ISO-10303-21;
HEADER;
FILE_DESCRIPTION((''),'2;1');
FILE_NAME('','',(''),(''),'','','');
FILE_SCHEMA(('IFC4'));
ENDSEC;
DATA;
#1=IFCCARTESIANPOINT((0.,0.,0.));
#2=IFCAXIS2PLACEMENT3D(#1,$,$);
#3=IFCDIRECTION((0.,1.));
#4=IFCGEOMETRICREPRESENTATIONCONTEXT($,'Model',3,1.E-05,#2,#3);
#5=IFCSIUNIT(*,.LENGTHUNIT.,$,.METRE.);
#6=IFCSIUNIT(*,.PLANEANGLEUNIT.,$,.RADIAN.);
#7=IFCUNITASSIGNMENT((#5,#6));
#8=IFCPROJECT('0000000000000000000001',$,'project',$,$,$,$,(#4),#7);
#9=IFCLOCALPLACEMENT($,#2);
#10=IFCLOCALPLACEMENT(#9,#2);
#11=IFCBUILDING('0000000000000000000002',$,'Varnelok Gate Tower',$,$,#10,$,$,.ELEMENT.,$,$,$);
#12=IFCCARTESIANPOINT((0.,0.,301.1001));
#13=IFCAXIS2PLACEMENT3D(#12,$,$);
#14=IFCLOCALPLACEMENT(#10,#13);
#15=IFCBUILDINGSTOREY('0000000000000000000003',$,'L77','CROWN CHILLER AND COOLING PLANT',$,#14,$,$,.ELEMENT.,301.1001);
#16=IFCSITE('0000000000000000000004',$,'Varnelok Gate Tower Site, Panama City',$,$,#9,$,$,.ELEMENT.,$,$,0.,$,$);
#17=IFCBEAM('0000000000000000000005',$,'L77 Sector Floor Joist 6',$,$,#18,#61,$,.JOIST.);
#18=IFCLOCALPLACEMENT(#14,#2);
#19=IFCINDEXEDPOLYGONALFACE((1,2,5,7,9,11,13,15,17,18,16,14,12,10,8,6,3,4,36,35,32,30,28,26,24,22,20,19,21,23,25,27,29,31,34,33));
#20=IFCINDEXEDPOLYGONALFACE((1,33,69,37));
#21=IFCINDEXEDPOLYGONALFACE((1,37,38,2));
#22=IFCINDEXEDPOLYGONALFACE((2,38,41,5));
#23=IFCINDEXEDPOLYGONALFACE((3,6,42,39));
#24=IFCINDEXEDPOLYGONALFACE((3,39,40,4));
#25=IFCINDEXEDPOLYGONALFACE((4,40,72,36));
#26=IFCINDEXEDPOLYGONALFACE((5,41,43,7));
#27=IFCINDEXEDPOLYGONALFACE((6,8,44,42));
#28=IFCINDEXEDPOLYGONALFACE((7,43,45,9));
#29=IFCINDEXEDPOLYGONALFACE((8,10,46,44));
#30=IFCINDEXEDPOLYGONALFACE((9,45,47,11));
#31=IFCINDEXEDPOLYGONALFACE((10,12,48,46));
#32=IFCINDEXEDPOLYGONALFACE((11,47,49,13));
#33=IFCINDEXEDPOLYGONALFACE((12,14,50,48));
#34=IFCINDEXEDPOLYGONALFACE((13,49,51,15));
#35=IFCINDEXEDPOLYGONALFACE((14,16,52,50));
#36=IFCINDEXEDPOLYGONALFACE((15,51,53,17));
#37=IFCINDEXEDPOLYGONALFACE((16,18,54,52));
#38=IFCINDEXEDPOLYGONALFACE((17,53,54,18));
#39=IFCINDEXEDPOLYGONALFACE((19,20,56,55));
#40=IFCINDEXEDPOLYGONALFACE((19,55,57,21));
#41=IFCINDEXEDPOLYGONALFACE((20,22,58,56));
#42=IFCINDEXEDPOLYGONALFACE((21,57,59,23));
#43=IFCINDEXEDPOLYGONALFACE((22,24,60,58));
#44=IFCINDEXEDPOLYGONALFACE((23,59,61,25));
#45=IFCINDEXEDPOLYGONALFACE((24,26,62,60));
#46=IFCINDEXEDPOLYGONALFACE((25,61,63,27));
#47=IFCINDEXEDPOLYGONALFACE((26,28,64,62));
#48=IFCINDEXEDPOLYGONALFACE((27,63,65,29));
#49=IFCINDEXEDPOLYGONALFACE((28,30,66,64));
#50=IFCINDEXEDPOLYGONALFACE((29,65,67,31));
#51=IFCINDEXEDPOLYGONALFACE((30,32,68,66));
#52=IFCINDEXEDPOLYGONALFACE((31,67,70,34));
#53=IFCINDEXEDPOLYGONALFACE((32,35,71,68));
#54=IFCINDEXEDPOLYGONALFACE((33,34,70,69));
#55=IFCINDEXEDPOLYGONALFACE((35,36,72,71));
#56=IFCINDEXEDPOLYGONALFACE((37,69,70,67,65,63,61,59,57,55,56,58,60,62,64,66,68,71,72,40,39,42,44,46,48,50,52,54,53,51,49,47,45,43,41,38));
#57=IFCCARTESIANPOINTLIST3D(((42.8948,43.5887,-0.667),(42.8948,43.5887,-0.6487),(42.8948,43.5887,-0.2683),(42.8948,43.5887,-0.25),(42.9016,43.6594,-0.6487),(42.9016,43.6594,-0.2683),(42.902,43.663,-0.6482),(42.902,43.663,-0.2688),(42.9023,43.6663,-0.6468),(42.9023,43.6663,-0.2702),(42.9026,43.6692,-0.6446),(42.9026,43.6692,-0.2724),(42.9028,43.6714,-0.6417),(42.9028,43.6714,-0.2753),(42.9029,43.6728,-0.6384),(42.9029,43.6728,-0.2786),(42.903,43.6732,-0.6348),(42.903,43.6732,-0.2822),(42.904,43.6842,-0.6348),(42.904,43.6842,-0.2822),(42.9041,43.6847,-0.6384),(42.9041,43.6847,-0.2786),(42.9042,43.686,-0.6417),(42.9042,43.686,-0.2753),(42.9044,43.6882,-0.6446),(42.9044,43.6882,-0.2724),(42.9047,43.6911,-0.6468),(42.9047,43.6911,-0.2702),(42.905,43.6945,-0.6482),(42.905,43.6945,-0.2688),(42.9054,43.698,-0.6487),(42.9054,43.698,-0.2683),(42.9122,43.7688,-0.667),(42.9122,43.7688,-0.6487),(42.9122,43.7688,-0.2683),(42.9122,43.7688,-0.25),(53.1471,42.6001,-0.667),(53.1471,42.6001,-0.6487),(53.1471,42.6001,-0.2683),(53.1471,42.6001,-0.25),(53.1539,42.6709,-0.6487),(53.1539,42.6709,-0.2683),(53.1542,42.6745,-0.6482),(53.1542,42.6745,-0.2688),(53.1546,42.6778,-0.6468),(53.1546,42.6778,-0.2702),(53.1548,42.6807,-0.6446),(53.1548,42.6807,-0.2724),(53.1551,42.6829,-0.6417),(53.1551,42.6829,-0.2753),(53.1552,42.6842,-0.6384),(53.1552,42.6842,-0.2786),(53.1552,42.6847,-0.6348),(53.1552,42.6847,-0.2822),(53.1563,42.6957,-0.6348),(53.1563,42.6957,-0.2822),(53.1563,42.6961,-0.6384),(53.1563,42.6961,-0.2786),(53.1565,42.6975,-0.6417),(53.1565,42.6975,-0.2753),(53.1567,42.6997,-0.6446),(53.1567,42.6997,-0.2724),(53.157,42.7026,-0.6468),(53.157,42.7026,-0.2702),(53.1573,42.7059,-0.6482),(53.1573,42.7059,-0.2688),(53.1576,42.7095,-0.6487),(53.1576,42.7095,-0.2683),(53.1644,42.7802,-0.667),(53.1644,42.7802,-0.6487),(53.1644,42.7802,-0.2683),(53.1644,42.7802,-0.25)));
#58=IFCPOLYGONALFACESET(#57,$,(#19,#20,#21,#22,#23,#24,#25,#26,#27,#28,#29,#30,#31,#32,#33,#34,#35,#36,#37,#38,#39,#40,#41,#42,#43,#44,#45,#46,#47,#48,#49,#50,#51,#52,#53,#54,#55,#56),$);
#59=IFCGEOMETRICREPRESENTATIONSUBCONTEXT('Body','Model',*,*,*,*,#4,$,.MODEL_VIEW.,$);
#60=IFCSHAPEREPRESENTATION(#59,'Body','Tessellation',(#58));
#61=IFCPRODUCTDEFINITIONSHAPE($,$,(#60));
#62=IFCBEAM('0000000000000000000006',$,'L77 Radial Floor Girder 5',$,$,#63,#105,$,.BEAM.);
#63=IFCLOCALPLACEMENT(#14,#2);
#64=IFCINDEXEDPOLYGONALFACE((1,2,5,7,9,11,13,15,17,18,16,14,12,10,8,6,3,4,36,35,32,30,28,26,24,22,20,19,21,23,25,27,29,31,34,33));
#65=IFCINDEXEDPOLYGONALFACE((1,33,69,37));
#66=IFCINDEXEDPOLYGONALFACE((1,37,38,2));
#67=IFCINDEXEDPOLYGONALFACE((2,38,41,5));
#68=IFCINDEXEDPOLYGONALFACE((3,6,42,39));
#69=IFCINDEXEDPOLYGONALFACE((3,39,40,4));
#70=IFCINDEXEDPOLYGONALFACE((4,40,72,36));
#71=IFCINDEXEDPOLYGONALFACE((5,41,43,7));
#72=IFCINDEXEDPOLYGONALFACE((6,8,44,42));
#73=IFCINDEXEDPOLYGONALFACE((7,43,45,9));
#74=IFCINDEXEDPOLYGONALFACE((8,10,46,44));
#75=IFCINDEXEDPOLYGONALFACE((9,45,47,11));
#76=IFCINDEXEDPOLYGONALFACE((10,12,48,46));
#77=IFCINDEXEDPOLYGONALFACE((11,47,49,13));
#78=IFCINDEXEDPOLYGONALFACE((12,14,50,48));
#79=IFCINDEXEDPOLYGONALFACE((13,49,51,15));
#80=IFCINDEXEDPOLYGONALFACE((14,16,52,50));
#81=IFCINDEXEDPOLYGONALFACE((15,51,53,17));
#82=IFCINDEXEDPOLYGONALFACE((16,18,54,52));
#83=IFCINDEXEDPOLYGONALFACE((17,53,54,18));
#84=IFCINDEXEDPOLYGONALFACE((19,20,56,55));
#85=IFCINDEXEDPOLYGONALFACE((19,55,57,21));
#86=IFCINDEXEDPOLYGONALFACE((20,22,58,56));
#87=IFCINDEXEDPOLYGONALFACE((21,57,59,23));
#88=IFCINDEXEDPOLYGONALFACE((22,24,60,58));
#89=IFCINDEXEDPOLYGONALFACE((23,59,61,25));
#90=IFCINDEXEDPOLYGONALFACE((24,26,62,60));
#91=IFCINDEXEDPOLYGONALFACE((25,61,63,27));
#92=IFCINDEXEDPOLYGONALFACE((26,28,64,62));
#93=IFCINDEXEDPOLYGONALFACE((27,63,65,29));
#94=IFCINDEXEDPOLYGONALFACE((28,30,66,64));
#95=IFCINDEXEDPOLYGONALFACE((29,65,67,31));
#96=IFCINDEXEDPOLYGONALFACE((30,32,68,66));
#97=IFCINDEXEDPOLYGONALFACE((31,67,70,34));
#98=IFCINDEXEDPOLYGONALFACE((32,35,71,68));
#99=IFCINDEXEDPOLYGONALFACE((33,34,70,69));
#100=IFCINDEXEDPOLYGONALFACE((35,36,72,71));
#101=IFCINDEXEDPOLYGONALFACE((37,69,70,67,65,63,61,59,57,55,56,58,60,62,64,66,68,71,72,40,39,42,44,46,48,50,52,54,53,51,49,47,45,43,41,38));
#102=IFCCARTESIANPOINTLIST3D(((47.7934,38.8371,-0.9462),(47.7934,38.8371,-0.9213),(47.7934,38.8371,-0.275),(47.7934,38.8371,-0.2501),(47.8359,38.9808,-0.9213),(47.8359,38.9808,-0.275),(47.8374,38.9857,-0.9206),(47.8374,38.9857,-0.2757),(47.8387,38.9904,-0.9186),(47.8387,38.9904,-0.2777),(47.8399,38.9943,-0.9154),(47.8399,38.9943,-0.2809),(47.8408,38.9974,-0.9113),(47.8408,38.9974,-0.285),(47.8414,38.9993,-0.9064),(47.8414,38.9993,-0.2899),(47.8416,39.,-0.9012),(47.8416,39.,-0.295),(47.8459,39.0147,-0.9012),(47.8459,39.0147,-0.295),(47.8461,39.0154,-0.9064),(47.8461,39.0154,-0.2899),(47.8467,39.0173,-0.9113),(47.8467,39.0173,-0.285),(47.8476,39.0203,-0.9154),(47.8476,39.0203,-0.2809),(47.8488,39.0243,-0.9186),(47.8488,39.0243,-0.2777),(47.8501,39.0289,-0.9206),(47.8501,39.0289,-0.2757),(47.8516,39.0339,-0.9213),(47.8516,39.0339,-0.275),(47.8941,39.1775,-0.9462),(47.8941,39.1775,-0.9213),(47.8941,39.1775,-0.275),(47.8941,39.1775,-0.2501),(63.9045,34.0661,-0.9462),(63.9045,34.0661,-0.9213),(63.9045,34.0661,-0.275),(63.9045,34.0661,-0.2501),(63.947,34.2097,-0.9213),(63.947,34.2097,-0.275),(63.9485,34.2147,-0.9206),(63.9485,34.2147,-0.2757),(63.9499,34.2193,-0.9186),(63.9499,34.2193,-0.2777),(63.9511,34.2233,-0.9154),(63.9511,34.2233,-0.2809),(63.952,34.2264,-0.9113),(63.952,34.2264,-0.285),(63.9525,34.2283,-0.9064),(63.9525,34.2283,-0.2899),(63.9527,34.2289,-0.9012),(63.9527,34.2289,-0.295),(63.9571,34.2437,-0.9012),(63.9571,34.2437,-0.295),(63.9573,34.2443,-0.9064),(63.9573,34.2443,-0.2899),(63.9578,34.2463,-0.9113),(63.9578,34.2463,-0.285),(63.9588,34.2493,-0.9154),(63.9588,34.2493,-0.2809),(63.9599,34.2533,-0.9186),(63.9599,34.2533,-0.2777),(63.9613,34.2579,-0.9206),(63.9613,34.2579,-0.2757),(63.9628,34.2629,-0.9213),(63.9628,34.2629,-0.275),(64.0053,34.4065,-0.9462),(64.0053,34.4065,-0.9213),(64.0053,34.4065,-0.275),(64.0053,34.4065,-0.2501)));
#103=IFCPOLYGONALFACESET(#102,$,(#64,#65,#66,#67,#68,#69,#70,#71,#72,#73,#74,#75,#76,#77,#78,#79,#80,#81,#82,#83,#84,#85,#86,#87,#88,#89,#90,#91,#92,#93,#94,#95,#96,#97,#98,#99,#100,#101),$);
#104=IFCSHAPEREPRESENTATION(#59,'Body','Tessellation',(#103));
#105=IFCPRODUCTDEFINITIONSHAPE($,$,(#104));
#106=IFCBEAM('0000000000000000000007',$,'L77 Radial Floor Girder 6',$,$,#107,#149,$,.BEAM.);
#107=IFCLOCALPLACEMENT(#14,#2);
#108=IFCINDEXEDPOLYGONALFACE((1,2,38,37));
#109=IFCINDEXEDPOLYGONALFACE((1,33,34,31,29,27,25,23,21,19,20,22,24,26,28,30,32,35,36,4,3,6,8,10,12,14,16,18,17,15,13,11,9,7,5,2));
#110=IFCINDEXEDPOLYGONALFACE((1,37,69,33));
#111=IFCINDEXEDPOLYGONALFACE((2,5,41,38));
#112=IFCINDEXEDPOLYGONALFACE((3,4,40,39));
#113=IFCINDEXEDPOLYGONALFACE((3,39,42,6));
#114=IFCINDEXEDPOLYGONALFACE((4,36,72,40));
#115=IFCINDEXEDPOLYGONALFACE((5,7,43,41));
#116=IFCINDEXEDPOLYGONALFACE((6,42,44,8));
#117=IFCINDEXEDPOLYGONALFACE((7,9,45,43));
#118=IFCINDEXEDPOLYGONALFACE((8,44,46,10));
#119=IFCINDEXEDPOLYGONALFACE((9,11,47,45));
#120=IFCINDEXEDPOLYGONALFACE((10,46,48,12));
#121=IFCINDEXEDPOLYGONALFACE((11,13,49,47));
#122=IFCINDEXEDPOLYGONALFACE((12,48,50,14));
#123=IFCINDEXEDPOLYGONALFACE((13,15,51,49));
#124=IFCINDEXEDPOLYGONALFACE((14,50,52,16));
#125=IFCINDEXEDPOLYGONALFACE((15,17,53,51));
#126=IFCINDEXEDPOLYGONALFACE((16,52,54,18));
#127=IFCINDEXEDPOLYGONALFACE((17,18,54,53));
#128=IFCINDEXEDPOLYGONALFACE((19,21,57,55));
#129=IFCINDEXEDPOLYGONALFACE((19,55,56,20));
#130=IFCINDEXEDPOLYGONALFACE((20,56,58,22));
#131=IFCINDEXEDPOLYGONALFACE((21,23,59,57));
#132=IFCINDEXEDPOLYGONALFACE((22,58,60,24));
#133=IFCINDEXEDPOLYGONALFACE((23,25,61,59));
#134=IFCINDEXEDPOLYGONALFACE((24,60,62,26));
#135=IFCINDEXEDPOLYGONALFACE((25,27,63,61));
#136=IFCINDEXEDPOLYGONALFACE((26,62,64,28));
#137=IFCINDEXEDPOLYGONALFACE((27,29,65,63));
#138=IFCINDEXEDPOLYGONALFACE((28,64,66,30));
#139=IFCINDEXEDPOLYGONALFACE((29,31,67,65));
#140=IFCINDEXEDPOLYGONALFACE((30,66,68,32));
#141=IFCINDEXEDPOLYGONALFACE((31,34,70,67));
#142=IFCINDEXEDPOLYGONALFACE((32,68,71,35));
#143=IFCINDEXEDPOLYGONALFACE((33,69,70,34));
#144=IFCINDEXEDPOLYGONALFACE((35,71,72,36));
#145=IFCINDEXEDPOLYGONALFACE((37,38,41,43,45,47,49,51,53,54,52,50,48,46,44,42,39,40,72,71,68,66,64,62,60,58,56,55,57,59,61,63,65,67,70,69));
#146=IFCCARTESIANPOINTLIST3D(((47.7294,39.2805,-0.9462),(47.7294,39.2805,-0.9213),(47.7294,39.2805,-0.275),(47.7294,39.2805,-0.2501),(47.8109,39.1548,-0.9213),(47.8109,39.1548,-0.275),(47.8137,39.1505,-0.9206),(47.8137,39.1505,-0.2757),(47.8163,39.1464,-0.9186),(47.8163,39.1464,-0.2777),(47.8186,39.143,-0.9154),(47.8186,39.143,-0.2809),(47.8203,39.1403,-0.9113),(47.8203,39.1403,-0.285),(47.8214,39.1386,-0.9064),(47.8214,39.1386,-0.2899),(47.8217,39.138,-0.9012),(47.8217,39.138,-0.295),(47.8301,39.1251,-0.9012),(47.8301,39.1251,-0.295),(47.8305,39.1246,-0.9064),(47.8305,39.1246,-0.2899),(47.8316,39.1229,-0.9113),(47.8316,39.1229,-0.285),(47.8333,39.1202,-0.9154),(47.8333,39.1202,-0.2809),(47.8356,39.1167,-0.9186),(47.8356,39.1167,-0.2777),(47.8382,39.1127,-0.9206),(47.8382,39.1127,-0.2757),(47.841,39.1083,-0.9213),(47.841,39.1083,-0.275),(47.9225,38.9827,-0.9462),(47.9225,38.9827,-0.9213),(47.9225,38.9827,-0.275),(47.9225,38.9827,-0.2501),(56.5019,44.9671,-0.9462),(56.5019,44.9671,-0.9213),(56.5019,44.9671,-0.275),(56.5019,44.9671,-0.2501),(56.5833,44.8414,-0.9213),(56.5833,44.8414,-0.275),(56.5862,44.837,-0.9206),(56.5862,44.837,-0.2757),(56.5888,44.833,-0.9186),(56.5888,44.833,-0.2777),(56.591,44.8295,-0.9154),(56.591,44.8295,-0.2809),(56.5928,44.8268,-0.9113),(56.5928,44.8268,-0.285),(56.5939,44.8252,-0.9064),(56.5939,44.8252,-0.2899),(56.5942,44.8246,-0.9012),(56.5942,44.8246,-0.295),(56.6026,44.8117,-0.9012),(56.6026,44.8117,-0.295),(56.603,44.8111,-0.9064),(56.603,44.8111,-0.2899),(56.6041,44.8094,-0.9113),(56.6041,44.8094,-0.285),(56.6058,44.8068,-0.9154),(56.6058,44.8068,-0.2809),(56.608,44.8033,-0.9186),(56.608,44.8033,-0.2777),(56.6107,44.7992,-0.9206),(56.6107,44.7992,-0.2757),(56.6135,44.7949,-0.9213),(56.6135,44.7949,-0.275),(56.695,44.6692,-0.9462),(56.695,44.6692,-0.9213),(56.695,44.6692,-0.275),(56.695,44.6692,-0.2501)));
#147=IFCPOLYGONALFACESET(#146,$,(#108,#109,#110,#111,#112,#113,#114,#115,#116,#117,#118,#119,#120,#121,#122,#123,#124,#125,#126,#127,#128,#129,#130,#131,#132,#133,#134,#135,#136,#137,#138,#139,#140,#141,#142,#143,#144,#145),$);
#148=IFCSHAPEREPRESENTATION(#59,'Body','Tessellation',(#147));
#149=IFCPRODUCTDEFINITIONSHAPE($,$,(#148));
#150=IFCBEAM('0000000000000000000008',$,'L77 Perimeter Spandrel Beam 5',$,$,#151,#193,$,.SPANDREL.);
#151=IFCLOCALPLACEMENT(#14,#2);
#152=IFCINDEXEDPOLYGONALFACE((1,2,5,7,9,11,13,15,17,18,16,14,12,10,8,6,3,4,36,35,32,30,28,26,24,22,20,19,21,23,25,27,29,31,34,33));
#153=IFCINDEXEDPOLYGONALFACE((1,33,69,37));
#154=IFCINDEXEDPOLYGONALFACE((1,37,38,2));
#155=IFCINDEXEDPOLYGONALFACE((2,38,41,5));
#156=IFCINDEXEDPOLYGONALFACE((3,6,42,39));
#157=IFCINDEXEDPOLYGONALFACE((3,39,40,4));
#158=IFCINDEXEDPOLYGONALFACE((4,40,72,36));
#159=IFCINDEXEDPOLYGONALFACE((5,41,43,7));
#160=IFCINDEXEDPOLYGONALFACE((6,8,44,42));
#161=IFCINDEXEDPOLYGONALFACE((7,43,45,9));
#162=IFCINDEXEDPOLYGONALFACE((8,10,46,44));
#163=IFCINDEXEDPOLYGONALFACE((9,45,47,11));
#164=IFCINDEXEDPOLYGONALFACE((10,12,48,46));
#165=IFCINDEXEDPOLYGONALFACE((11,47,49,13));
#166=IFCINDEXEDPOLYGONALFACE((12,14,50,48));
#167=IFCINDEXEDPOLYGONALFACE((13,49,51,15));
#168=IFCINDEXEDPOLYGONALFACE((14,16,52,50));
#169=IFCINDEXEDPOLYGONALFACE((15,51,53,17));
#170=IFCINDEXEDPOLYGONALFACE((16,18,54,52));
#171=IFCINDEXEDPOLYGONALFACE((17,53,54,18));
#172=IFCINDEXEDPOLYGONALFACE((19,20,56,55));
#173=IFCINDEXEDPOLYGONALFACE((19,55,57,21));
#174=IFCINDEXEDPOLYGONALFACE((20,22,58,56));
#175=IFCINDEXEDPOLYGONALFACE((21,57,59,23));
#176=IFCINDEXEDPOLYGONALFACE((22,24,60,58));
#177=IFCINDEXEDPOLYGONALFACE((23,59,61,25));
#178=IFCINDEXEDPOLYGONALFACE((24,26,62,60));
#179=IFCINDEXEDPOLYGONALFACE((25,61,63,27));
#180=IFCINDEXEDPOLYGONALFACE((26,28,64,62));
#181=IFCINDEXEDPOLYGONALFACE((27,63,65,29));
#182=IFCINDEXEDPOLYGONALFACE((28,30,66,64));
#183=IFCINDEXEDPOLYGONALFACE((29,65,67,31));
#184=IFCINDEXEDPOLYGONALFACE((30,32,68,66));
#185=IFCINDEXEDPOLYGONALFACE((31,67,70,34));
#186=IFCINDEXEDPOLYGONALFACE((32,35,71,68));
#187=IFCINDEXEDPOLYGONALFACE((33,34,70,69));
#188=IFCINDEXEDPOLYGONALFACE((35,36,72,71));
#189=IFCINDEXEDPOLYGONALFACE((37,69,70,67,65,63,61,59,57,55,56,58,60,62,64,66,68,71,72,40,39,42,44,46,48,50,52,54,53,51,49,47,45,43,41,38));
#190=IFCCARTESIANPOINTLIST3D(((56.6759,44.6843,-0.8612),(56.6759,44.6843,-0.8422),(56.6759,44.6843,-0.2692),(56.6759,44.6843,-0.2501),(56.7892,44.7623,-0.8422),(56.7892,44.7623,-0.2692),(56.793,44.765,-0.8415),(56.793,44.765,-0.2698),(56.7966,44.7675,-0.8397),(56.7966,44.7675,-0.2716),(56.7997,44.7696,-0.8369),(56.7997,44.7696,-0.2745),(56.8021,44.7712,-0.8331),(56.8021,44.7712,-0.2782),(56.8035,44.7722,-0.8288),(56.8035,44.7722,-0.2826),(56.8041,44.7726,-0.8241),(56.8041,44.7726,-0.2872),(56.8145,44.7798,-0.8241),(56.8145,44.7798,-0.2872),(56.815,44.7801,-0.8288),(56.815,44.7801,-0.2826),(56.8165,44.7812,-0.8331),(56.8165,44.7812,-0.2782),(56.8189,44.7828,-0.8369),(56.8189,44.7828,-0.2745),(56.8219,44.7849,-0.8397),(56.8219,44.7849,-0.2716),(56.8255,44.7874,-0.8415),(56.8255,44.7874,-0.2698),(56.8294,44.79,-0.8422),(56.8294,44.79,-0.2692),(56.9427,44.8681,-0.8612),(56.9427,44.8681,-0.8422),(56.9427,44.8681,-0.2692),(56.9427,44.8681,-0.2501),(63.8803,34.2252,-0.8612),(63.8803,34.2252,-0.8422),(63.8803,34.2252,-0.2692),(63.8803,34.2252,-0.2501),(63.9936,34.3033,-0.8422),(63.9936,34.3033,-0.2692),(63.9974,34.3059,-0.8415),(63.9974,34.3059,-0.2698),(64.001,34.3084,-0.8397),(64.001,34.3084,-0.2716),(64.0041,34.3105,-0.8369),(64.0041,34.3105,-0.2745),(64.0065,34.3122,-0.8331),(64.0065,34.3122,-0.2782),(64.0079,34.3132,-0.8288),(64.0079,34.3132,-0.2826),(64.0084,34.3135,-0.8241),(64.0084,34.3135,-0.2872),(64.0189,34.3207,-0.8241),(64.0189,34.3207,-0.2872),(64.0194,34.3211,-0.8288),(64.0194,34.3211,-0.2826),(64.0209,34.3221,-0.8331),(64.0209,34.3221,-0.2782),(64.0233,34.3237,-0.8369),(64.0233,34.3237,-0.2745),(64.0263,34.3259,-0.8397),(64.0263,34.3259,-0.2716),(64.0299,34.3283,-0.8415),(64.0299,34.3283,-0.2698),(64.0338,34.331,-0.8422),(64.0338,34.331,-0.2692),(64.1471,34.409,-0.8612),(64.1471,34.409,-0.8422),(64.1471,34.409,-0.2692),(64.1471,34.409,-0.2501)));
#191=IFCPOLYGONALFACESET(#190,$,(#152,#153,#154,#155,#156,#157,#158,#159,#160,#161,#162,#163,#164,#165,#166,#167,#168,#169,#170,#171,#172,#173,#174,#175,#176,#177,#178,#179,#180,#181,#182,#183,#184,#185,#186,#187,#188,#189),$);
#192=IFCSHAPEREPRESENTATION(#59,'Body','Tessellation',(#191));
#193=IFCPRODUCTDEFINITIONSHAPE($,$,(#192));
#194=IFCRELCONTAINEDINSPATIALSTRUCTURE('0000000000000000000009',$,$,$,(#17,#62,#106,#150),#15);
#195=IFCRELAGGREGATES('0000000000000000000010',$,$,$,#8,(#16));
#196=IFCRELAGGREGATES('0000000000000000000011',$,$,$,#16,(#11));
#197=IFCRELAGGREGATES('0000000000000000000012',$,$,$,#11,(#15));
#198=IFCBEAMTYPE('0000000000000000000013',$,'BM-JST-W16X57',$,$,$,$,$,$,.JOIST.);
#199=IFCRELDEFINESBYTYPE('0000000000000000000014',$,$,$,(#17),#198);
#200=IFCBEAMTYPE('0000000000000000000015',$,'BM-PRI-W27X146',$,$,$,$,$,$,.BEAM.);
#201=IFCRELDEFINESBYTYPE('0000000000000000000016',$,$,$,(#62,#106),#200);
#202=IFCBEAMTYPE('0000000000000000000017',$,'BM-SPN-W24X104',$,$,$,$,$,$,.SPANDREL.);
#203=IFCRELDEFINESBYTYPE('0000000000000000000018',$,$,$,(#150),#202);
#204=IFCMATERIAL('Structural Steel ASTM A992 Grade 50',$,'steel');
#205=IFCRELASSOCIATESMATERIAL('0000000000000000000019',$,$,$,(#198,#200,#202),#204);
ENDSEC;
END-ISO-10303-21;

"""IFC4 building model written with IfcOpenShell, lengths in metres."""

from ifc_helpers import new_model, si_unit, direction, frame, origin, origin_2d, place, context, subcontext, project, spatial, i_section, extrude, material, material_profile, profile_set, type_object, element, save


model = new_model("IFC4")

# Units and contexts
model_context = context("Model", 3, precision=1e-05, world=origin(), true_north=direction((0.0, 1.0)))
body_context = subcontext(model_context, "Body", "Model", "MODEL_VIEW")
ifc_project = project(units=[si_unit("LENGTHUNIT", "METRE"), si_unit("PLANEANGLEUNIT", "RADIAN")], contexts=[model_context])

# Site, building, storey
site_placement = place(None, origin())
site = spatial("IfcSite", under=ifc_project, at=site_placement, Name="Varnelok Gate Tower Site, Panama City", CompositionType="ELEMENT", RefElevation=0.0)
building_placement = place(site_placement, origin())
building = spatial("IfcBuilding", under=site, at=building_placement, Name="Varnelok Gate Tower", CompositionType="ELEMENT")
storey_placement = place(building_placement, frame((0.0, 0.0, 301.1001)))
storey = spatial("IfcBuildingStorey", under=building, at=storey_placement, Name="L77", Description="CROWN CHILLER AND COOLING PLANT", CompositionType="ELEMENT", Elevation=301.1001)

# Shared definitions
ifc_material_1 = material(Name="Structural Steel ASTM A992 Grade 50", Category="steel")

# Beams
ifc_material_profile_1 = material_profile(ifc_material_1, i_section(OverallWidth=0.1809, OverallDepth=0.417, WebThickness=0.011, FlangeThickness=0.0183, FilletRadius=0.0139, at=origin_2d()), Name="W16X57")
ifc_profile_set_1 = profile_set([ifc_material_profile_1], Name="Structural Steel ASTM A992 Grade 50")
beam_type_1 = type_object("IfcBeamType", Name="BM-JST-W16X57", PredefinedType="JOIST", material=ifc_profile_set_1)
beam_1_placement = place(storey_placement, frame((53.1558, 42.6902, -0.4585), z_axis=(-0.995384, 0.095976, 0.0), x_axis=(-0.095976, -0.995384, 0.0)))
element("IfcBeam", 1, at=beam_1_placement, inside=storey, type_object=beam_type_1, Name="L77 Sector Floor Joist 6", PredefinedType="JOIST", context=body_context, shape_type="SweptSolid", body=[
    extrude(i_section(OverallWidth=0.1809, OverallDepth=0.417, WebThickness=0.011, FlangeThickness=0.0183, FilletRadius=0.0139, at=origin_2d()), origin(), (0.0, 0.0, 1.0), 10.2998),
])
ifc_material_profile_2 = material_profile(ifc_material_1, i_section(OverallWidth=0.355, OverallDepth=0.696, WebThickness=0.0154, FlangeThickness=0.0249, FilletRadius=0.02, at=origin_2d()), Name="W27X146")
ifc_profile_set_2 = profile_set([ifc_material_profile_2], Name="Structural Steel ASTM A992 Grade 50")
beam_type_2 = type_object("IfcBeamType", Name="BM-PRI-W27X146", PredefinedType="BEAM", material=ifc_profile_set_2)
beam_2_placement = place(storey_placement, frame((47.8438, 39.0073, -0.5981), z_axis=(0.958841, -0.283943, 0.0), x_axis=(0.283943, 0.958841, 0.0)))
element("IfcBeam", 2, at=beam_2_placement, inside=storey, type_object=beam_type_2, Name="L77 Radial Floor Girder 5", PredefinedType="BEAM", context=body_context, shape_type="SweptSolid", body=[
    extrude(i_section(OverallWidth=0.355, OverallDepth=0.696, WebThickness=0.0154, FlangeThickness=0.0249, FilletRadius=0.02, at=origin_2d()), origin(), (0.0, 0.0, 1.0), 16.8027),
])
beam_3_placement = place(storey_placement, frame((47.8259, 39.1316, -0.5981), z_axis=(0.839124, 0.543941, 0.0), x_axis=(-0.543941, 0.839124, 0.0)))
element("IfcBeam", 3, at=beam_3_placement, inside=storey, type_object=beam_type_2, Name="L77 Radial Floor Girder 6", PredefinedType="BEAM", context=body_context, shape_type="SweptSolid", body=[
    extrude(i_section(OverallWidth=0.355, OverallDepth=0.696, WebThickness=0.0154, FlangeThickness=0.0249, FilletRadius=0.02, at=origin_2d()), origin(), (0.0, 0.0, 1.0), 10.4543),
])
ifc_material_profile_3 = material_profile(ifc_material_1, i_section(OverallWidth=0.324, OverallDepth=0.6111, WebThickness=0.0127, FlangeThickness=0.019, FilletRadius=0.0181, at=origin_2d()), Name="W24X104")
ifc_profile_set_3 = profile_set([ifc_material_profile_3], Name="Structural Steel ASTM A992 Grade 50")
beam_type_3 = type_object("IfcBeamType", Name="BM-SPN-W24X104", PredefinedType="SPANDREL", material=ifc_profile_set_3)
beam_4_placement = place(storey_placement, frame((64.0137, 34.3171, -0.5557), z_axis=(-0.567266, 0.823535, 0.0), x_axis=(-0.823535, -0.567266, 0.0)))
element("IfcBeam", 4, at=beam_4_placement, inside=storey, type_object=beam_type_3, Name="L77 Perimeter Spandrel Beam 5", PredefinedType="SPANDREL", context=body_context, shape_type="SweptSolid", body=[
    extrude(i_section(OverallWidth=0.324, OverallDepth=0.6111, WebThickness=0.0127, FlangeThickness=0.019, FilletRadius=0.0181, at=origin_2d()), origin(), (0.0, 0.0, 1.0), 12.7002),
])

save(model, "model.ifc")
